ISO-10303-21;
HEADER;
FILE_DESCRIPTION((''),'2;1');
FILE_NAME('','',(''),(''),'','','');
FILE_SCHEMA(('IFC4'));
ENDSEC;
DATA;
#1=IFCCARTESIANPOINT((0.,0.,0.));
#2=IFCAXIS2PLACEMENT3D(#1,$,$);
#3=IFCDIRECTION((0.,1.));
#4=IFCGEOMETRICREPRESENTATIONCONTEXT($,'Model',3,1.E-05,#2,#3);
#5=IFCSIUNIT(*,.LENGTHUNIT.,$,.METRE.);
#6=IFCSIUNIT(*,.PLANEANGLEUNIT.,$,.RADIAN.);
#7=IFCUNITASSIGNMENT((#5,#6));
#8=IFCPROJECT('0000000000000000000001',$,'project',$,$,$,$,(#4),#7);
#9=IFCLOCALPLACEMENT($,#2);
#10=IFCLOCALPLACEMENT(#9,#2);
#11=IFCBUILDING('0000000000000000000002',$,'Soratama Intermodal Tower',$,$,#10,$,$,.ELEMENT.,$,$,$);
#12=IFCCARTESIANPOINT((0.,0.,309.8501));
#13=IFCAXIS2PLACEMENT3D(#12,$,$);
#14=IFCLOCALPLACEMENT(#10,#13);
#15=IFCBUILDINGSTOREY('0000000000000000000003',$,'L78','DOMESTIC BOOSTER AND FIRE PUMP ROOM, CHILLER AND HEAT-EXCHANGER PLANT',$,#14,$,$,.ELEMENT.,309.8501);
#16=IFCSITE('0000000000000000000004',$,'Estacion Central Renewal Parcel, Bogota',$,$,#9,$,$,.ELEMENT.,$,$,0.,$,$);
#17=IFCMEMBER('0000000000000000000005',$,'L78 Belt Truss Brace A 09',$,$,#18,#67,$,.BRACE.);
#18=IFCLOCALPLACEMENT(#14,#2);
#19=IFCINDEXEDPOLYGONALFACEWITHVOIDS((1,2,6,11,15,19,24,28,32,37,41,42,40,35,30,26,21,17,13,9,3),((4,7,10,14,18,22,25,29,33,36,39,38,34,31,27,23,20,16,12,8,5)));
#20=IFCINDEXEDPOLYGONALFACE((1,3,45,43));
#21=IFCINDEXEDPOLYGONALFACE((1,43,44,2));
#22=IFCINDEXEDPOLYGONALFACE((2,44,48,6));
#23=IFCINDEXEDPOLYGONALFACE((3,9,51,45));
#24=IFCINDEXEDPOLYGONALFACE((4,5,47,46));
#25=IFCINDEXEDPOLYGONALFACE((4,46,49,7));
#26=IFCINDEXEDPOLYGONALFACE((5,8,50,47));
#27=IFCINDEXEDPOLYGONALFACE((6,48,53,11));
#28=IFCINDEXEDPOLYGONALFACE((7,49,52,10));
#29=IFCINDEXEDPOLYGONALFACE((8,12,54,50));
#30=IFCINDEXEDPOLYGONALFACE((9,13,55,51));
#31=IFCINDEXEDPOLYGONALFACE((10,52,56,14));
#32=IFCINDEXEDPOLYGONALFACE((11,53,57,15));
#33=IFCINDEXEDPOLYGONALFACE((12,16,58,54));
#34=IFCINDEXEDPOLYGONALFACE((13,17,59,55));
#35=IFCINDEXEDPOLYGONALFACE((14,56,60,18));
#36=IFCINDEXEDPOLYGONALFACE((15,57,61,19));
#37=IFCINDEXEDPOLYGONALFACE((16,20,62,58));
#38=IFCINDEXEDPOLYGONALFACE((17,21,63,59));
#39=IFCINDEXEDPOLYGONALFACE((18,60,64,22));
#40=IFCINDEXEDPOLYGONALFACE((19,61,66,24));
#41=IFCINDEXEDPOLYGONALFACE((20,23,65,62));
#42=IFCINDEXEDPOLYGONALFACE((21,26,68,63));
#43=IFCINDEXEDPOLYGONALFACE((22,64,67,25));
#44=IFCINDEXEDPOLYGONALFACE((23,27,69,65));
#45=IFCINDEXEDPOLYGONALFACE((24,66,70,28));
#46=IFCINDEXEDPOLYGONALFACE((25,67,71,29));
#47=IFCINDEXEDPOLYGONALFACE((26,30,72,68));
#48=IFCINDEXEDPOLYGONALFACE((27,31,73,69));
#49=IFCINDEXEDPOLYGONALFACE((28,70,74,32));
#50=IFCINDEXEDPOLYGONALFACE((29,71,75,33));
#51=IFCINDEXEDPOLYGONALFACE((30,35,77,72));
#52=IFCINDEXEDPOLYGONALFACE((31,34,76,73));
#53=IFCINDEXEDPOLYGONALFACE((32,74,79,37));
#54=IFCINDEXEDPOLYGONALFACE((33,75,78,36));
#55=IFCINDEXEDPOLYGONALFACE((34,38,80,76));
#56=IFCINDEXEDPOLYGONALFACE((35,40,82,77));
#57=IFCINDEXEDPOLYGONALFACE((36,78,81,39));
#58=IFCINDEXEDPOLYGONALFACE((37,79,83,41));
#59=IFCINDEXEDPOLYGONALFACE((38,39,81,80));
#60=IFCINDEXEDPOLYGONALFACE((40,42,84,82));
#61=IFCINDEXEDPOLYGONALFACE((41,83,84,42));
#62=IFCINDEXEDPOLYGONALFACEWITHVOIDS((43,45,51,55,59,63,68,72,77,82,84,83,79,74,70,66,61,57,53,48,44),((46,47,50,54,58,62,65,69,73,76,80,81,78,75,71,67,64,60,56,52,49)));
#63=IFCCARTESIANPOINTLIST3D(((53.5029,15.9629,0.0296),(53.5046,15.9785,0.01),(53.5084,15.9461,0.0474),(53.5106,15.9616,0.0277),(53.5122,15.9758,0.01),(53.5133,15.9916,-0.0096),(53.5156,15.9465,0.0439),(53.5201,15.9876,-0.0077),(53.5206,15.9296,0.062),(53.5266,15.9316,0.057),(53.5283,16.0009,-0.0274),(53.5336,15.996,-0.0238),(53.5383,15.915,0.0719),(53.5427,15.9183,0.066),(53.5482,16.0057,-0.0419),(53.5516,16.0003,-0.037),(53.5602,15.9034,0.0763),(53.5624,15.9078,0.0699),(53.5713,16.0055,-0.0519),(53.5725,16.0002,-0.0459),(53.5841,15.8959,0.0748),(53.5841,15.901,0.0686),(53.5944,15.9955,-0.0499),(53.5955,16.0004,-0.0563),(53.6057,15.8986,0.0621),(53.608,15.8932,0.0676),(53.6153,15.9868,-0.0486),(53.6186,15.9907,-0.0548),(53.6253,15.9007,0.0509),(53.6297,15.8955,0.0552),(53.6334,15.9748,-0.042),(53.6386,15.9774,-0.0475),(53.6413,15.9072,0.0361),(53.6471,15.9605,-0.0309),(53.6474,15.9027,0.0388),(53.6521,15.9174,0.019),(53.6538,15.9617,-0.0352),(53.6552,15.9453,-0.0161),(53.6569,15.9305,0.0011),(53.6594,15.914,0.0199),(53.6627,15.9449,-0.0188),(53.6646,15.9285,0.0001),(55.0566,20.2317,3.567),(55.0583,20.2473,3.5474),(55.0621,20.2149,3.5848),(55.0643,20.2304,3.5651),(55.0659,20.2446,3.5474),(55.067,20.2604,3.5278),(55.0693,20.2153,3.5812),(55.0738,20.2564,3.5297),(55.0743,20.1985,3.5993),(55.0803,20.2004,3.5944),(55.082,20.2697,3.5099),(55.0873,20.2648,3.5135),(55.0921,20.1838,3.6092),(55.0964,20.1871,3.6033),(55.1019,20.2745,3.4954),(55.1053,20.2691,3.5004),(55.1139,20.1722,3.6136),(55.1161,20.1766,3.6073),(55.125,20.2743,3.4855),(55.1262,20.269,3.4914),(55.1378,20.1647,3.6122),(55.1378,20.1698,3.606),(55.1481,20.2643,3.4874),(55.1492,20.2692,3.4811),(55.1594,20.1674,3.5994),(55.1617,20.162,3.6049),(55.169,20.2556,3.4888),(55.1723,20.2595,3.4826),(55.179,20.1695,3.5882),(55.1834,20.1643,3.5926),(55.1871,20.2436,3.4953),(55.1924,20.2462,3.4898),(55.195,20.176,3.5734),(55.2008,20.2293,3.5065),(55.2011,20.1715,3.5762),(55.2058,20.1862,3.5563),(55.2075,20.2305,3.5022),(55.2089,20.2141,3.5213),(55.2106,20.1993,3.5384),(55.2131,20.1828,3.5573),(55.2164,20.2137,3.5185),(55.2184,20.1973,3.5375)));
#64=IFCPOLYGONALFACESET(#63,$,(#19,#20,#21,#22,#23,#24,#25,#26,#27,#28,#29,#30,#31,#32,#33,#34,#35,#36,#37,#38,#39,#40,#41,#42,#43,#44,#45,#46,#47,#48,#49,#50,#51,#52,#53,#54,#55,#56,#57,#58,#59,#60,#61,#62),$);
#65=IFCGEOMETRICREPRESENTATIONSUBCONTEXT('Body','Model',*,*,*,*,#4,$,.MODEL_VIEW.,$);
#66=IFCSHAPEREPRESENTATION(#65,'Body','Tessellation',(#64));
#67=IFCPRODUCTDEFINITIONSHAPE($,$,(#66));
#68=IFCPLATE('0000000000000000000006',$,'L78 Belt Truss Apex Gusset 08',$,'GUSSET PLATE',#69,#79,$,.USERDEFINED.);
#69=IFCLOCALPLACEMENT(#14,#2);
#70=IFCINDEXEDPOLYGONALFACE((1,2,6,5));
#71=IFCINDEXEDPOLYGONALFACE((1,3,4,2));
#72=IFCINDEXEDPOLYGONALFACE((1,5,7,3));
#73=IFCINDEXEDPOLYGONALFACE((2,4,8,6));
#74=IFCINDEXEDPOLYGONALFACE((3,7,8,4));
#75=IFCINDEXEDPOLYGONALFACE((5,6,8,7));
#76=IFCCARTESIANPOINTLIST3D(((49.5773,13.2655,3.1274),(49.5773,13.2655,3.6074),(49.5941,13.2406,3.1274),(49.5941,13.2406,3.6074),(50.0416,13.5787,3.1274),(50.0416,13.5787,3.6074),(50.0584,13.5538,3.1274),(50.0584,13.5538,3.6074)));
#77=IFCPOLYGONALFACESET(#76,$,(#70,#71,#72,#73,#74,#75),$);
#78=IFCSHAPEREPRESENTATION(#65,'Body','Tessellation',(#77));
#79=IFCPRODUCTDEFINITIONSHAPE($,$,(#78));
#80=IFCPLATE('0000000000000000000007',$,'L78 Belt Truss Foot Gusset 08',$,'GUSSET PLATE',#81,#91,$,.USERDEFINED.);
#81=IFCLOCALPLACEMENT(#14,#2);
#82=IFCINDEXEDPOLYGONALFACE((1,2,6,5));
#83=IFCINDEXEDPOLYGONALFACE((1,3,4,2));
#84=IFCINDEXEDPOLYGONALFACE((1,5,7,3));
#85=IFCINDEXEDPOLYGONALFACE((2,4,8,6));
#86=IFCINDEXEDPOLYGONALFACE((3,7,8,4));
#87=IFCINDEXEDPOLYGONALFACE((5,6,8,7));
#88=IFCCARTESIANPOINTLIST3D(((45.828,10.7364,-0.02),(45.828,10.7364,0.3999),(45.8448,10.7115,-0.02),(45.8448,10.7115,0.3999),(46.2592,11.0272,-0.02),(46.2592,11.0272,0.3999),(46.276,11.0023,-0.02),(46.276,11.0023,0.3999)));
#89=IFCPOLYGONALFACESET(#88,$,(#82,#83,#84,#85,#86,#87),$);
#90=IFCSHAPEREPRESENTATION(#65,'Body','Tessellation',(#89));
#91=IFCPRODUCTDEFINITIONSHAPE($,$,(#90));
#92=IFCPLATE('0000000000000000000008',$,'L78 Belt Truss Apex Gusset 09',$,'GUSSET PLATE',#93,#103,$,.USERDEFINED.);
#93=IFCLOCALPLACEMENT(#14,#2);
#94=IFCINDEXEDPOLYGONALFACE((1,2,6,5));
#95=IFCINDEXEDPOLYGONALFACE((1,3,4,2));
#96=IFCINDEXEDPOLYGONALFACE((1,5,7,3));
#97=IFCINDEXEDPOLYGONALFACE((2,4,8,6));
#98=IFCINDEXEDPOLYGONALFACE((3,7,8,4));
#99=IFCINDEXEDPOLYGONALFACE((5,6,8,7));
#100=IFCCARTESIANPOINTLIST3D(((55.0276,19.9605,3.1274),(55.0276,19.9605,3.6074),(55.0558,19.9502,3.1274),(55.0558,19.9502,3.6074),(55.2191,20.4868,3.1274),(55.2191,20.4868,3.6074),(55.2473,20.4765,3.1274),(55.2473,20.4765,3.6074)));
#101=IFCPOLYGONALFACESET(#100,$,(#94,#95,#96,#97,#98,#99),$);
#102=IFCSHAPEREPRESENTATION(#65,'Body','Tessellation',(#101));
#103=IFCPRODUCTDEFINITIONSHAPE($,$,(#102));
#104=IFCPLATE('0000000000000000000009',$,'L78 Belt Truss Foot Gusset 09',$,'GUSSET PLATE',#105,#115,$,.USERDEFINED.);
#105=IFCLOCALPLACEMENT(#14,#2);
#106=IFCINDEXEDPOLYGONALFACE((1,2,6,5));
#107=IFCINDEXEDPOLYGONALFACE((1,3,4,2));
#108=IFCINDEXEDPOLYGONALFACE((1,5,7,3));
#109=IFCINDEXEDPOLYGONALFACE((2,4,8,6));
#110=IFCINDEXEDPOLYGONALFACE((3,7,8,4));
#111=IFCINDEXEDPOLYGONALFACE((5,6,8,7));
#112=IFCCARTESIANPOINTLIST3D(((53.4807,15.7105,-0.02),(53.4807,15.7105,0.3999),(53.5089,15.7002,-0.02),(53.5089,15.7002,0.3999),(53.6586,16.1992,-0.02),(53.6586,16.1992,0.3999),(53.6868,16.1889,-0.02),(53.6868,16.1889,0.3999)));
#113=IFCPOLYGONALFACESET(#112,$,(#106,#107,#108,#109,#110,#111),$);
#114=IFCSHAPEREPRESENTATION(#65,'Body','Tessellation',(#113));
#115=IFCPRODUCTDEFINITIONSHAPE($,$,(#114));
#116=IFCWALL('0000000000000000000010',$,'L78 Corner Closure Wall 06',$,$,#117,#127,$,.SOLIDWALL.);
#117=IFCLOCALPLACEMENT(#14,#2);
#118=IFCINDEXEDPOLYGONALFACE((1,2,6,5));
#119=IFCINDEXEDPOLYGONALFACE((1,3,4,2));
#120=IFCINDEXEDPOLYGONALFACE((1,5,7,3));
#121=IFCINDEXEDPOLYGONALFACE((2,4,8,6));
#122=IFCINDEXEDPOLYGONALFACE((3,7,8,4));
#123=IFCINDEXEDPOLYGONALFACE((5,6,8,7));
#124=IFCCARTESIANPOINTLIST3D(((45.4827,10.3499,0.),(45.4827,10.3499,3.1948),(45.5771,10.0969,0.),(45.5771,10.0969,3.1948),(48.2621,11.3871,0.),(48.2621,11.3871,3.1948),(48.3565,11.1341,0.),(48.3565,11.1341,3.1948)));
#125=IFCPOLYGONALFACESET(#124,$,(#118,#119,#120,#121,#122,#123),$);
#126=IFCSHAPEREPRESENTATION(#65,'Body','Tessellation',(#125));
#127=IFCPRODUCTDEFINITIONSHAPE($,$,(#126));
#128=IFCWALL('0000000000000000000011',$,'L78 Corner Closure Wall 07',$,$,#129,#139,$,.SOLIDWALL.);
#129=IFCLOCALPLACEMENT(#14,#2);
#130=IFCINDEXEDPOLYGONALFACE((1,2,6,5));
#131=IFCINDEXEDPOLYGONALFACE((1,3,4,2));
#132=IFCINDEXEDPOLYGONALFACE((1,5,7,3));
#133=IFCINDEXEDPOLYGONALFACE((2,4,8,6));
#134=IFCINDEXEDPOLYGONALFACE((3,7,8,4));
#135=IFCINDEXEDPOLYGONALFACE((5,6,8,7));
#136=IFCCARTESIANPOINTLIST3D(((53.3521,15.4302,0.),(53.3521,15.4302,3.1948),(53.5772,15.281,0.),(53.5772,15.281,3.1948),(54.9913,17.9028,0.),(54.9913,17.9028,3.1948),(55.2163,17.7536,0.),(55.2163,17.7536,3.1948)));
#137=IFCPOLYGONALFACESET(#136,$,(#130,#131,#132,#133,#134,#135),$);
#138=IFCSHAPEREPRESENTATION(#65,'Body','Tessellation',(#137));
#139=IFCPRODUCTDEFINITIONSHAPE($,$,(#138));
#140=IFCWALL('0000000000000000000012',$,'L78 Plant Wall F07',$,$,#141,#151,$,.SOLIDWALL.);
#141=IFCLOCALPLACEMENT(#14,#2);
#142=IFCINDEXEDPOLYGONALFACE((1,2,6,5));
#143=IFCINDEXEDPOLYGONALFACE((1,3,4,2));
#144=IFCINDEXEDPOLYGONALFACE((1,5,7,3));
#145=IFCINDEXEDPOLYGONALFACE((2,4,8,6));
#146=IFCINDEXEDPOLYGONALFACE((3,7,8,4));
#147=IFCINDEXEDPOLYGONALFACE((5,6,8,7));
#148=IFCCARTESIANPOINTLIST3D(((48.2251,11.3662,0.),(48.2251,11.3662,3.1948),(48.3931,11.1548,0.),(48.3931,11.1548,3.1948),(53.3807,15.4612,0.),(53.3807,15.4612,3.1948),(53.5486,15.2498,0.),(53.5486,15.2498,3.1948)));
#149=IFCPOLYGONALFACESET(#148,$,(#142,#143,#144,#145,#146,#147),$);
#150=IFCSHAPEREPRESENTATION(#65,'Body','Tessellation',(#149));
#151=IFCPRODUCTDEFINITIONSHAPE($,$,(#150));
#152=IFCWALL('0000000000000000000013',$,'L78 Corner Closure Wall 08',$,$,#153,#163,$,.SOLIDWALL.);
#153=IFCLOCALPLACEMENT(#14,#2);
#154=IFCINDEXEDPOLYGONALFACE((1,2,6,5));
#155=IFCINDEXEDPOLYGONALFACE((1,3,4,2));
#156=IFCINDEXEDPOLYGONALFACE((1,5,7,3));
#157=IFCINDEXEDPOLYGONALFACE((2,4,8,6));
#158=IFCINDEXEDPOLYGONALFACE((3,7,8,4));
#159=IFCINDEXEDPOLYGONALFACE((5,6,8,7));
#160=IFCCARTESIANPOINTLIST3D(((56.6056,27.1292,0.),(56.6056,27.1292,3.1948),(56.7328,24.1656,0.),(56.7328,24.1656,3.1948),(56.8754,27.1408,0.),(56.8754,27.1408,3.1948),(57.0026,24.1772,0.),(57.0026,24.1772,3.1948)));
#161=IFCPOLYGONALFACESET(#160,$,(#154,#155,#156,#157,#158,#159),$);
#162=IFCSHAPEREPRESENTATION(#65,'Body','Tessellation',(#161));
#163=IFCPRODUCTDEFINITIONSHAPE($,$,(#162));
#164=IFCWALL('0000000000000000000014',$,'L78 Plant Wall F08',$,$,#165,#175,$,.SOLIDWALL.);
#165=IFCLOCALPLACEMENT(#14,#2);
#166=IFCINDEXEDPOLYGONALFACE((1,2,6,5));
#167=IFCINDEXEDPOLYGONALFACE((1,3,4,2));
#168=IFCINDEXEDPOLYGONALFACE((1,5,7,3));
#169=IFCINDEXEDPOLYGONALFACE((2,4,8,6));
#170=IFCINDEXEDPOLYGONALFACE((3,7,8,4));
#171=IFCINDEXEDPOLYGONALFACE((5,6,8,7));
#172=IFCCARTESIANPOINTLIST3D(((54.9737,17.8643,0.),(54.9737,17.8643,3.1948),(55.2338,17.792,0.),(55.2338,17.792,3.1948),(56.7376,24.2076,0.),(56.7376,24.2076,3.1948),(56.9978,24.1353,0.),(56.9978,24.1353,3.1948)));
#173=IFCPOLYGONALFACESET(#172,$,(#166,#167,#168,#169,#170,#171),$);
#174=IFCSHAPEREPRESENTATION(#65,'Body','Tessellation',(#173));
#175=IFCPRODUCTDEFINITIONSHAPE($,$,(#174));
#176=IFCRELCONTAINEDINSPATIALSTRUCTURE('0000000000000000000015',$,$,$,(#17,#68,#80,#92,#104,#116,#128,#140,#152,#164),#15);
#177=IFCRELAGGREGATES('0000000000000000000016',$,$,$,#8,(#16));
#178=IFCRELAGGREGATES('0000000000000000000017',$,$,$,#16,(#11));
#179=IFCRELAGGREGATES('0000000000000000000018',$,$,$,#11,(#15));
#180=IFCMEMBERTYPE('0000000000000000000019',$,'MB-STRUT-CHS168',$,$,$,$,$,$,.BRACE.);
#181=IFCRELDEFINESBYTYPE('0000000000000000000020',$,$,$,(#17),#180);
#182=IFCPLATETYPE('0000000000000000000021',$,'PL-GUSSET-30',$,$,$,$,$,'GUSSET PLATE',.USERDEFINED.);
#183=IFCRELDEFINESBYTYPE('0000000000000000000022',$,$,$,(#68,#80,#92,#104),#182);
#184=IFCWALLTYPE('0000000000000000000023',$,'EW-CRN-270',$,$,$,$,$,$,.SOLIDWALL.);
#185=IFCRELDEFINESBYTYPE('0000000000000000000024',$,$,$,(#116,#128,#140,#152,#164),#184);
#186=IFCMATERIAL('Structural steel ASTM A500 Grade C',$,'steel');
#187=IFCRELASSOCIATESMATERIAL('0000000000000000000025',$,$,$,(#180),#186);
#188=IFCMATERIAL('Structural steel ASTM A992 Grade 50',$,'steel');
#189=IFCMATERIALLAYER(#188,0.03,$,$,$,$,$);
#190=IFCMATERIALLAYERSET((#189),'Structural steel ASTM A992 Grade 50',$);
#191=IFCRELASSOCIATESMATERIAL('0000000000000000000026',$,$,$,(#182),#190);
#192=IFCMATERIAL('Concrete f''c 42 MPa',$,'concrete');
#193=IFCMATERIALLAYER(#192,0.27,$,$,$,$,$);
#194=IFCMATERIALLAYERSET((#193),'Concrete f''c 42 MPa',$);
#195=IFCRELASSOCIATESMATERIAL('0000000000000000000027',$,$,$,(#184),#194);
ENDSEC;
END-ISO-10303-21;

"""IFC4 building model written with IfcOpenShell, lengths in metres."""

from ifc_helpers import new_model, si_unit, direction, frame, frame_2d, origin, origin_2d, place, context, subcontext, project, spatial, rectangle, hollow_circle, extrude, material, layer, layer_set, material_profile, profile_set, type_object, element, save


model = new_model("IFC4")

# Units and contexts
model_context = context("Model", 3, precision=1e-05, world=origin(), true_north=direction((0.0, 1.0)))
body_context = subcontext(model_context, "Body", "Model", "MODEL_VIEW")
ifc_project = project(units=[si_unit("LENGTHUNIT", "METRE"), si_unit("PLANEANGLEUNIT", "RADIAN")], contexts=[model_context])

# Site, building, storey
site_placement = place(None, origin())
site = spatial("IfcSite", under=ifc_project, at=site_placement, Name="Estacion Central Renewal Parcel, Bogota", CompositionType="ELEMENT", RefElevation=0.0)
building_placement = place(site_placement, origin())
building = spatial("IfcBuilding", under=site, at=building_placement, Name="Soratama Intermodal Tower", CompositionType="ELEMENT")
storey_placement = place(building_placement, frame((0.0, 0.0, 309.8501)))
storey = spatial("IfcBuildingStorey", under=building, at=storey_placement, Name="L78", Description="DOMESTIC BOOSTER AND FIRE PUMP ROOM, CHILLER AND HEAT-EXCHANGER PLANT", CompositionType="ELEMENT", Elevation=309.8501)

# Member
ifc_material_1 = material(Name="Structural steel ASTM A500 Grade C", Category="steel")
ifc_material_profile_1 = material_profile(ifc_material_1, hollow_circle(Radius=0.0842, WallThickness=0.0081, at=origin_2d()), Name="CHS168X8")
ifc_profile_set_1 = profile_set([ifc_material_profile_1], Name="Structural steel ASTM A500 Grade C")
member_type = type_object("IfcMemberType", Name="MB-STRUT-CHS168", PredefinedType="BRACE", material=ifc_profile_set_1)
member_placement = place(storey_placement, frame((53.5837, 15.9497, 0.01), z_axis=(0.269856, 0.741425, 0.614384), x_axis=(-0.939693, 0.342019, 0.0)))
element("IfcMember", 1, at=member_placement, inside=storey, type_object=member_type, Name="L78 Belt Truss Brace A 09", PredefinedType="BRACE", context=body_context, shape_type="SweptSolid", body=[
    extrude(hollow_circle(Radius=0.0842, WallThickness=0.0081, at=origin_2d()), origin(), (0.0, 0.0, 1.0), 5.7576),
])

# Plates
ifc_material_2 = material(Name="Structural steel ASTM A992 Grade 50", Category="steel")
ifc_layer_1 = layer(ifc_material_2, 0.03)
ifc_layer_set_1 = layer_set([ifc_layer_1], Name="Structural steel ASTM A992 Grade 50")
plate_type = type_object("IfcPlateType", Name="PL-GUSSET-30", ElementType="GUSSET PLATE", PredefinedType="USERDEFINED", material=ifc_layer_set_1)
plate_1_placement = place(storey_placement, frame((49.8179, 13.4097, 3.1274), z_axis=(0.0, 0.0, 1.0), x_axis=(0.829038, 0.559193, 0.0)))
element("IfcPlate", 2, at=plate_1_placement, inside=storey, type_object=plate_type, Name="L78 Belt Truss Apex Gusset 08", ObjectType="GUSSET PLATE", PredefinedType="USERDEFINED", context=body_context, shape_type="SweptSolid", body=[
    extrude(rectangle(XDim=0.5601, YDim=0.03, at=origin_2d()), origin(), (0.0, 0.0, 1.0), 0.48),
])
plate_2_placement = place(storey_placement, frame((46.052, 10.8694, -0.02), z_axis=(0.0, 0.0, 1.0), x_axis=(0.829038, 0.559193, 0.0)))
element("IfcPlate", 3, at=plate_2_placement, inside=storey, type_object=plate_type, Name="L78 Belt Truss Foot Gusset 08", ObjectType="GUSSET PLATE", PredefinedType="USERDEFINED", context=body_context, shape_type="SweptSolid", body=[
    extrude(rectangle(XDim=0.52, YDim=0.03, at=origin_2d()), origin(), (0.0, 0.0, 1.0), 0.4199),
])
plate_3_placement = place(storey_placement, frame((55.1375, 20.2185, 3.1274), z_axis=(0.0, 0.0, 1.0), x_axis=(0.34202, 0.939693, 0.0)))
element("IfcPlate", 4, at=plate_3_placement, inside=storey, type_object=plate_type, Name="L78 Belt Truss Apex Gusset 09", ObjectType="GUSSET PLATE", PredefinedType="USERDEFINED", context=body_context, shape_type="SweptSolid", body=[
    extrude(rectangle(XDim=0.5601, YDim=0.03, at=origin_2d()), origin(), (0.0, 0.0, 1.0), 0.48),
])
plate_4_placement = place(storey_placement, frame((53.5837, 15.9497, -0.02), z_axis=(0.0, 0.0, 1.0), x_axis=(0.34202, 0.939693, 0.0)))
element("IfcPlate", 5, at=plate_4_placement, inside=storey, type_object=plate_type, Name="L78 Belt Truss Foot Gusset 09", ObjectType="GUSSET PLATE", PredefinedType="USERDEFINED", context=body_context, shape_type="SweptSolid", body=[
    extrude(rectangle(XDim=0.52, YDim=0.03, at=origin_2d()), origin(), (0.0, 0.0, 1.0), 0.4199),
])

# Walls
ifc_material_3 = material(Name="Concrete f'c 42 MPa", Category="concrete")
ifc_layer_2 = layer(ifc_material_3, 0.27)
ifc_layer_set_2 = layer_set([ifc_layer_2], Name="Concrete f'c 42 MPa")
wall_type_1 = type_object("IfcWallType", Name="EW-CRN-270", PredefinedType="SOLIDWALL", material=ifc_layer_set_2)
for number, where, z_axis, x_axis, name in (
    (6, (45.5298, 10.2234, 0.0), (0.0, 0.0, 1.0), (0.936896, 0.349608, 0.0), "L78 Corner Closure Wall 06"),
    (7, (53.4646, 15.3555, 0.0), (0.0, 0.0, 1.0), (0.552533, 0.833491, 0.0), "L78 Corner Closure Wall 07"),
):
    element("IfcWall", number, at=place(storey_placement, frame(where, z_axis=z_axis, x_axis=x_axis)), inside=storey, type_object=wall_type_1, Name=name, PredefinedType="SOLIDWALL", context=body_context, shape_type="SweptSolid", body=[
        extrude(rectangle(XDim=2.9666, YDim=0.27, at=frame_2d((1.4834, 0.0))), origin(), (0.0, 0.0, 1.0), 3.1948),
    ])
wall_1_placement = place(storey_placement, frame((48.3091, 11.2605, 0.0), z_axis=(0.0, 0.0, 1.0), x_axis=(0.783046, 0.621964, 0.0)))
element("IfcWall", 8, at=wall_1_placement, inside=storey, type_object=wall_type_1, Name="L78 Plant Wall F07", PredefinedType="SOLIDWALL", context=body_context, shape_type="SweptSolid", body=[
    extrude(rectangle(XDim=6.584, YDim=0.27, at=frame_2d((3.292, 0.0))), origin(), (0.0, 0.0, 1.0), 3.1948),
])
wall_2_placement = place(storey_placement, frame((56.8677, 24.1714, 0.0), z_axis=(0.0, 0.0, 1.0), x_axis=(-0.04288, 0.99908, 0.0)))
element("IfcWall", 9, at=wall_2_placement, inside=storey, type_object=wall_type_1, Name="L78 Corner Closure Wall 08", PredefinedType="SOLIDWALL", context=body_context, shape_type="SweptSolid", body=[
    extrude(rectangle(XDim=2.9663, YDim=0.27, at=frame_2d((1.4832, 0.0))), origin(), (0.0, 0.0, 1.0), 3.1948),
])
wall_3_placement = place(storey_placement, frame((55.1038, 17.8281, 0.0), z_axis=(0.0, 0.0, 1.0), x_axis=(0.267912, 0.963443, 0.0)))
element("IfcWall", 10, at=wall_3_placement, inside=storey, type_object=wall_type_1, Name="L78 Plant Wall F08", PredefinedType="SOLIDWALL", context=body_context, shape_type="SweptSolid", body=[
    extrude(rectangle(XDim=6.584, YDim=0.27, at=frame_2d((3.292, 0.0))), origin(), (0.0, 0.0, 1.0), 3.1948),
])

save(model, "model.ifc")
